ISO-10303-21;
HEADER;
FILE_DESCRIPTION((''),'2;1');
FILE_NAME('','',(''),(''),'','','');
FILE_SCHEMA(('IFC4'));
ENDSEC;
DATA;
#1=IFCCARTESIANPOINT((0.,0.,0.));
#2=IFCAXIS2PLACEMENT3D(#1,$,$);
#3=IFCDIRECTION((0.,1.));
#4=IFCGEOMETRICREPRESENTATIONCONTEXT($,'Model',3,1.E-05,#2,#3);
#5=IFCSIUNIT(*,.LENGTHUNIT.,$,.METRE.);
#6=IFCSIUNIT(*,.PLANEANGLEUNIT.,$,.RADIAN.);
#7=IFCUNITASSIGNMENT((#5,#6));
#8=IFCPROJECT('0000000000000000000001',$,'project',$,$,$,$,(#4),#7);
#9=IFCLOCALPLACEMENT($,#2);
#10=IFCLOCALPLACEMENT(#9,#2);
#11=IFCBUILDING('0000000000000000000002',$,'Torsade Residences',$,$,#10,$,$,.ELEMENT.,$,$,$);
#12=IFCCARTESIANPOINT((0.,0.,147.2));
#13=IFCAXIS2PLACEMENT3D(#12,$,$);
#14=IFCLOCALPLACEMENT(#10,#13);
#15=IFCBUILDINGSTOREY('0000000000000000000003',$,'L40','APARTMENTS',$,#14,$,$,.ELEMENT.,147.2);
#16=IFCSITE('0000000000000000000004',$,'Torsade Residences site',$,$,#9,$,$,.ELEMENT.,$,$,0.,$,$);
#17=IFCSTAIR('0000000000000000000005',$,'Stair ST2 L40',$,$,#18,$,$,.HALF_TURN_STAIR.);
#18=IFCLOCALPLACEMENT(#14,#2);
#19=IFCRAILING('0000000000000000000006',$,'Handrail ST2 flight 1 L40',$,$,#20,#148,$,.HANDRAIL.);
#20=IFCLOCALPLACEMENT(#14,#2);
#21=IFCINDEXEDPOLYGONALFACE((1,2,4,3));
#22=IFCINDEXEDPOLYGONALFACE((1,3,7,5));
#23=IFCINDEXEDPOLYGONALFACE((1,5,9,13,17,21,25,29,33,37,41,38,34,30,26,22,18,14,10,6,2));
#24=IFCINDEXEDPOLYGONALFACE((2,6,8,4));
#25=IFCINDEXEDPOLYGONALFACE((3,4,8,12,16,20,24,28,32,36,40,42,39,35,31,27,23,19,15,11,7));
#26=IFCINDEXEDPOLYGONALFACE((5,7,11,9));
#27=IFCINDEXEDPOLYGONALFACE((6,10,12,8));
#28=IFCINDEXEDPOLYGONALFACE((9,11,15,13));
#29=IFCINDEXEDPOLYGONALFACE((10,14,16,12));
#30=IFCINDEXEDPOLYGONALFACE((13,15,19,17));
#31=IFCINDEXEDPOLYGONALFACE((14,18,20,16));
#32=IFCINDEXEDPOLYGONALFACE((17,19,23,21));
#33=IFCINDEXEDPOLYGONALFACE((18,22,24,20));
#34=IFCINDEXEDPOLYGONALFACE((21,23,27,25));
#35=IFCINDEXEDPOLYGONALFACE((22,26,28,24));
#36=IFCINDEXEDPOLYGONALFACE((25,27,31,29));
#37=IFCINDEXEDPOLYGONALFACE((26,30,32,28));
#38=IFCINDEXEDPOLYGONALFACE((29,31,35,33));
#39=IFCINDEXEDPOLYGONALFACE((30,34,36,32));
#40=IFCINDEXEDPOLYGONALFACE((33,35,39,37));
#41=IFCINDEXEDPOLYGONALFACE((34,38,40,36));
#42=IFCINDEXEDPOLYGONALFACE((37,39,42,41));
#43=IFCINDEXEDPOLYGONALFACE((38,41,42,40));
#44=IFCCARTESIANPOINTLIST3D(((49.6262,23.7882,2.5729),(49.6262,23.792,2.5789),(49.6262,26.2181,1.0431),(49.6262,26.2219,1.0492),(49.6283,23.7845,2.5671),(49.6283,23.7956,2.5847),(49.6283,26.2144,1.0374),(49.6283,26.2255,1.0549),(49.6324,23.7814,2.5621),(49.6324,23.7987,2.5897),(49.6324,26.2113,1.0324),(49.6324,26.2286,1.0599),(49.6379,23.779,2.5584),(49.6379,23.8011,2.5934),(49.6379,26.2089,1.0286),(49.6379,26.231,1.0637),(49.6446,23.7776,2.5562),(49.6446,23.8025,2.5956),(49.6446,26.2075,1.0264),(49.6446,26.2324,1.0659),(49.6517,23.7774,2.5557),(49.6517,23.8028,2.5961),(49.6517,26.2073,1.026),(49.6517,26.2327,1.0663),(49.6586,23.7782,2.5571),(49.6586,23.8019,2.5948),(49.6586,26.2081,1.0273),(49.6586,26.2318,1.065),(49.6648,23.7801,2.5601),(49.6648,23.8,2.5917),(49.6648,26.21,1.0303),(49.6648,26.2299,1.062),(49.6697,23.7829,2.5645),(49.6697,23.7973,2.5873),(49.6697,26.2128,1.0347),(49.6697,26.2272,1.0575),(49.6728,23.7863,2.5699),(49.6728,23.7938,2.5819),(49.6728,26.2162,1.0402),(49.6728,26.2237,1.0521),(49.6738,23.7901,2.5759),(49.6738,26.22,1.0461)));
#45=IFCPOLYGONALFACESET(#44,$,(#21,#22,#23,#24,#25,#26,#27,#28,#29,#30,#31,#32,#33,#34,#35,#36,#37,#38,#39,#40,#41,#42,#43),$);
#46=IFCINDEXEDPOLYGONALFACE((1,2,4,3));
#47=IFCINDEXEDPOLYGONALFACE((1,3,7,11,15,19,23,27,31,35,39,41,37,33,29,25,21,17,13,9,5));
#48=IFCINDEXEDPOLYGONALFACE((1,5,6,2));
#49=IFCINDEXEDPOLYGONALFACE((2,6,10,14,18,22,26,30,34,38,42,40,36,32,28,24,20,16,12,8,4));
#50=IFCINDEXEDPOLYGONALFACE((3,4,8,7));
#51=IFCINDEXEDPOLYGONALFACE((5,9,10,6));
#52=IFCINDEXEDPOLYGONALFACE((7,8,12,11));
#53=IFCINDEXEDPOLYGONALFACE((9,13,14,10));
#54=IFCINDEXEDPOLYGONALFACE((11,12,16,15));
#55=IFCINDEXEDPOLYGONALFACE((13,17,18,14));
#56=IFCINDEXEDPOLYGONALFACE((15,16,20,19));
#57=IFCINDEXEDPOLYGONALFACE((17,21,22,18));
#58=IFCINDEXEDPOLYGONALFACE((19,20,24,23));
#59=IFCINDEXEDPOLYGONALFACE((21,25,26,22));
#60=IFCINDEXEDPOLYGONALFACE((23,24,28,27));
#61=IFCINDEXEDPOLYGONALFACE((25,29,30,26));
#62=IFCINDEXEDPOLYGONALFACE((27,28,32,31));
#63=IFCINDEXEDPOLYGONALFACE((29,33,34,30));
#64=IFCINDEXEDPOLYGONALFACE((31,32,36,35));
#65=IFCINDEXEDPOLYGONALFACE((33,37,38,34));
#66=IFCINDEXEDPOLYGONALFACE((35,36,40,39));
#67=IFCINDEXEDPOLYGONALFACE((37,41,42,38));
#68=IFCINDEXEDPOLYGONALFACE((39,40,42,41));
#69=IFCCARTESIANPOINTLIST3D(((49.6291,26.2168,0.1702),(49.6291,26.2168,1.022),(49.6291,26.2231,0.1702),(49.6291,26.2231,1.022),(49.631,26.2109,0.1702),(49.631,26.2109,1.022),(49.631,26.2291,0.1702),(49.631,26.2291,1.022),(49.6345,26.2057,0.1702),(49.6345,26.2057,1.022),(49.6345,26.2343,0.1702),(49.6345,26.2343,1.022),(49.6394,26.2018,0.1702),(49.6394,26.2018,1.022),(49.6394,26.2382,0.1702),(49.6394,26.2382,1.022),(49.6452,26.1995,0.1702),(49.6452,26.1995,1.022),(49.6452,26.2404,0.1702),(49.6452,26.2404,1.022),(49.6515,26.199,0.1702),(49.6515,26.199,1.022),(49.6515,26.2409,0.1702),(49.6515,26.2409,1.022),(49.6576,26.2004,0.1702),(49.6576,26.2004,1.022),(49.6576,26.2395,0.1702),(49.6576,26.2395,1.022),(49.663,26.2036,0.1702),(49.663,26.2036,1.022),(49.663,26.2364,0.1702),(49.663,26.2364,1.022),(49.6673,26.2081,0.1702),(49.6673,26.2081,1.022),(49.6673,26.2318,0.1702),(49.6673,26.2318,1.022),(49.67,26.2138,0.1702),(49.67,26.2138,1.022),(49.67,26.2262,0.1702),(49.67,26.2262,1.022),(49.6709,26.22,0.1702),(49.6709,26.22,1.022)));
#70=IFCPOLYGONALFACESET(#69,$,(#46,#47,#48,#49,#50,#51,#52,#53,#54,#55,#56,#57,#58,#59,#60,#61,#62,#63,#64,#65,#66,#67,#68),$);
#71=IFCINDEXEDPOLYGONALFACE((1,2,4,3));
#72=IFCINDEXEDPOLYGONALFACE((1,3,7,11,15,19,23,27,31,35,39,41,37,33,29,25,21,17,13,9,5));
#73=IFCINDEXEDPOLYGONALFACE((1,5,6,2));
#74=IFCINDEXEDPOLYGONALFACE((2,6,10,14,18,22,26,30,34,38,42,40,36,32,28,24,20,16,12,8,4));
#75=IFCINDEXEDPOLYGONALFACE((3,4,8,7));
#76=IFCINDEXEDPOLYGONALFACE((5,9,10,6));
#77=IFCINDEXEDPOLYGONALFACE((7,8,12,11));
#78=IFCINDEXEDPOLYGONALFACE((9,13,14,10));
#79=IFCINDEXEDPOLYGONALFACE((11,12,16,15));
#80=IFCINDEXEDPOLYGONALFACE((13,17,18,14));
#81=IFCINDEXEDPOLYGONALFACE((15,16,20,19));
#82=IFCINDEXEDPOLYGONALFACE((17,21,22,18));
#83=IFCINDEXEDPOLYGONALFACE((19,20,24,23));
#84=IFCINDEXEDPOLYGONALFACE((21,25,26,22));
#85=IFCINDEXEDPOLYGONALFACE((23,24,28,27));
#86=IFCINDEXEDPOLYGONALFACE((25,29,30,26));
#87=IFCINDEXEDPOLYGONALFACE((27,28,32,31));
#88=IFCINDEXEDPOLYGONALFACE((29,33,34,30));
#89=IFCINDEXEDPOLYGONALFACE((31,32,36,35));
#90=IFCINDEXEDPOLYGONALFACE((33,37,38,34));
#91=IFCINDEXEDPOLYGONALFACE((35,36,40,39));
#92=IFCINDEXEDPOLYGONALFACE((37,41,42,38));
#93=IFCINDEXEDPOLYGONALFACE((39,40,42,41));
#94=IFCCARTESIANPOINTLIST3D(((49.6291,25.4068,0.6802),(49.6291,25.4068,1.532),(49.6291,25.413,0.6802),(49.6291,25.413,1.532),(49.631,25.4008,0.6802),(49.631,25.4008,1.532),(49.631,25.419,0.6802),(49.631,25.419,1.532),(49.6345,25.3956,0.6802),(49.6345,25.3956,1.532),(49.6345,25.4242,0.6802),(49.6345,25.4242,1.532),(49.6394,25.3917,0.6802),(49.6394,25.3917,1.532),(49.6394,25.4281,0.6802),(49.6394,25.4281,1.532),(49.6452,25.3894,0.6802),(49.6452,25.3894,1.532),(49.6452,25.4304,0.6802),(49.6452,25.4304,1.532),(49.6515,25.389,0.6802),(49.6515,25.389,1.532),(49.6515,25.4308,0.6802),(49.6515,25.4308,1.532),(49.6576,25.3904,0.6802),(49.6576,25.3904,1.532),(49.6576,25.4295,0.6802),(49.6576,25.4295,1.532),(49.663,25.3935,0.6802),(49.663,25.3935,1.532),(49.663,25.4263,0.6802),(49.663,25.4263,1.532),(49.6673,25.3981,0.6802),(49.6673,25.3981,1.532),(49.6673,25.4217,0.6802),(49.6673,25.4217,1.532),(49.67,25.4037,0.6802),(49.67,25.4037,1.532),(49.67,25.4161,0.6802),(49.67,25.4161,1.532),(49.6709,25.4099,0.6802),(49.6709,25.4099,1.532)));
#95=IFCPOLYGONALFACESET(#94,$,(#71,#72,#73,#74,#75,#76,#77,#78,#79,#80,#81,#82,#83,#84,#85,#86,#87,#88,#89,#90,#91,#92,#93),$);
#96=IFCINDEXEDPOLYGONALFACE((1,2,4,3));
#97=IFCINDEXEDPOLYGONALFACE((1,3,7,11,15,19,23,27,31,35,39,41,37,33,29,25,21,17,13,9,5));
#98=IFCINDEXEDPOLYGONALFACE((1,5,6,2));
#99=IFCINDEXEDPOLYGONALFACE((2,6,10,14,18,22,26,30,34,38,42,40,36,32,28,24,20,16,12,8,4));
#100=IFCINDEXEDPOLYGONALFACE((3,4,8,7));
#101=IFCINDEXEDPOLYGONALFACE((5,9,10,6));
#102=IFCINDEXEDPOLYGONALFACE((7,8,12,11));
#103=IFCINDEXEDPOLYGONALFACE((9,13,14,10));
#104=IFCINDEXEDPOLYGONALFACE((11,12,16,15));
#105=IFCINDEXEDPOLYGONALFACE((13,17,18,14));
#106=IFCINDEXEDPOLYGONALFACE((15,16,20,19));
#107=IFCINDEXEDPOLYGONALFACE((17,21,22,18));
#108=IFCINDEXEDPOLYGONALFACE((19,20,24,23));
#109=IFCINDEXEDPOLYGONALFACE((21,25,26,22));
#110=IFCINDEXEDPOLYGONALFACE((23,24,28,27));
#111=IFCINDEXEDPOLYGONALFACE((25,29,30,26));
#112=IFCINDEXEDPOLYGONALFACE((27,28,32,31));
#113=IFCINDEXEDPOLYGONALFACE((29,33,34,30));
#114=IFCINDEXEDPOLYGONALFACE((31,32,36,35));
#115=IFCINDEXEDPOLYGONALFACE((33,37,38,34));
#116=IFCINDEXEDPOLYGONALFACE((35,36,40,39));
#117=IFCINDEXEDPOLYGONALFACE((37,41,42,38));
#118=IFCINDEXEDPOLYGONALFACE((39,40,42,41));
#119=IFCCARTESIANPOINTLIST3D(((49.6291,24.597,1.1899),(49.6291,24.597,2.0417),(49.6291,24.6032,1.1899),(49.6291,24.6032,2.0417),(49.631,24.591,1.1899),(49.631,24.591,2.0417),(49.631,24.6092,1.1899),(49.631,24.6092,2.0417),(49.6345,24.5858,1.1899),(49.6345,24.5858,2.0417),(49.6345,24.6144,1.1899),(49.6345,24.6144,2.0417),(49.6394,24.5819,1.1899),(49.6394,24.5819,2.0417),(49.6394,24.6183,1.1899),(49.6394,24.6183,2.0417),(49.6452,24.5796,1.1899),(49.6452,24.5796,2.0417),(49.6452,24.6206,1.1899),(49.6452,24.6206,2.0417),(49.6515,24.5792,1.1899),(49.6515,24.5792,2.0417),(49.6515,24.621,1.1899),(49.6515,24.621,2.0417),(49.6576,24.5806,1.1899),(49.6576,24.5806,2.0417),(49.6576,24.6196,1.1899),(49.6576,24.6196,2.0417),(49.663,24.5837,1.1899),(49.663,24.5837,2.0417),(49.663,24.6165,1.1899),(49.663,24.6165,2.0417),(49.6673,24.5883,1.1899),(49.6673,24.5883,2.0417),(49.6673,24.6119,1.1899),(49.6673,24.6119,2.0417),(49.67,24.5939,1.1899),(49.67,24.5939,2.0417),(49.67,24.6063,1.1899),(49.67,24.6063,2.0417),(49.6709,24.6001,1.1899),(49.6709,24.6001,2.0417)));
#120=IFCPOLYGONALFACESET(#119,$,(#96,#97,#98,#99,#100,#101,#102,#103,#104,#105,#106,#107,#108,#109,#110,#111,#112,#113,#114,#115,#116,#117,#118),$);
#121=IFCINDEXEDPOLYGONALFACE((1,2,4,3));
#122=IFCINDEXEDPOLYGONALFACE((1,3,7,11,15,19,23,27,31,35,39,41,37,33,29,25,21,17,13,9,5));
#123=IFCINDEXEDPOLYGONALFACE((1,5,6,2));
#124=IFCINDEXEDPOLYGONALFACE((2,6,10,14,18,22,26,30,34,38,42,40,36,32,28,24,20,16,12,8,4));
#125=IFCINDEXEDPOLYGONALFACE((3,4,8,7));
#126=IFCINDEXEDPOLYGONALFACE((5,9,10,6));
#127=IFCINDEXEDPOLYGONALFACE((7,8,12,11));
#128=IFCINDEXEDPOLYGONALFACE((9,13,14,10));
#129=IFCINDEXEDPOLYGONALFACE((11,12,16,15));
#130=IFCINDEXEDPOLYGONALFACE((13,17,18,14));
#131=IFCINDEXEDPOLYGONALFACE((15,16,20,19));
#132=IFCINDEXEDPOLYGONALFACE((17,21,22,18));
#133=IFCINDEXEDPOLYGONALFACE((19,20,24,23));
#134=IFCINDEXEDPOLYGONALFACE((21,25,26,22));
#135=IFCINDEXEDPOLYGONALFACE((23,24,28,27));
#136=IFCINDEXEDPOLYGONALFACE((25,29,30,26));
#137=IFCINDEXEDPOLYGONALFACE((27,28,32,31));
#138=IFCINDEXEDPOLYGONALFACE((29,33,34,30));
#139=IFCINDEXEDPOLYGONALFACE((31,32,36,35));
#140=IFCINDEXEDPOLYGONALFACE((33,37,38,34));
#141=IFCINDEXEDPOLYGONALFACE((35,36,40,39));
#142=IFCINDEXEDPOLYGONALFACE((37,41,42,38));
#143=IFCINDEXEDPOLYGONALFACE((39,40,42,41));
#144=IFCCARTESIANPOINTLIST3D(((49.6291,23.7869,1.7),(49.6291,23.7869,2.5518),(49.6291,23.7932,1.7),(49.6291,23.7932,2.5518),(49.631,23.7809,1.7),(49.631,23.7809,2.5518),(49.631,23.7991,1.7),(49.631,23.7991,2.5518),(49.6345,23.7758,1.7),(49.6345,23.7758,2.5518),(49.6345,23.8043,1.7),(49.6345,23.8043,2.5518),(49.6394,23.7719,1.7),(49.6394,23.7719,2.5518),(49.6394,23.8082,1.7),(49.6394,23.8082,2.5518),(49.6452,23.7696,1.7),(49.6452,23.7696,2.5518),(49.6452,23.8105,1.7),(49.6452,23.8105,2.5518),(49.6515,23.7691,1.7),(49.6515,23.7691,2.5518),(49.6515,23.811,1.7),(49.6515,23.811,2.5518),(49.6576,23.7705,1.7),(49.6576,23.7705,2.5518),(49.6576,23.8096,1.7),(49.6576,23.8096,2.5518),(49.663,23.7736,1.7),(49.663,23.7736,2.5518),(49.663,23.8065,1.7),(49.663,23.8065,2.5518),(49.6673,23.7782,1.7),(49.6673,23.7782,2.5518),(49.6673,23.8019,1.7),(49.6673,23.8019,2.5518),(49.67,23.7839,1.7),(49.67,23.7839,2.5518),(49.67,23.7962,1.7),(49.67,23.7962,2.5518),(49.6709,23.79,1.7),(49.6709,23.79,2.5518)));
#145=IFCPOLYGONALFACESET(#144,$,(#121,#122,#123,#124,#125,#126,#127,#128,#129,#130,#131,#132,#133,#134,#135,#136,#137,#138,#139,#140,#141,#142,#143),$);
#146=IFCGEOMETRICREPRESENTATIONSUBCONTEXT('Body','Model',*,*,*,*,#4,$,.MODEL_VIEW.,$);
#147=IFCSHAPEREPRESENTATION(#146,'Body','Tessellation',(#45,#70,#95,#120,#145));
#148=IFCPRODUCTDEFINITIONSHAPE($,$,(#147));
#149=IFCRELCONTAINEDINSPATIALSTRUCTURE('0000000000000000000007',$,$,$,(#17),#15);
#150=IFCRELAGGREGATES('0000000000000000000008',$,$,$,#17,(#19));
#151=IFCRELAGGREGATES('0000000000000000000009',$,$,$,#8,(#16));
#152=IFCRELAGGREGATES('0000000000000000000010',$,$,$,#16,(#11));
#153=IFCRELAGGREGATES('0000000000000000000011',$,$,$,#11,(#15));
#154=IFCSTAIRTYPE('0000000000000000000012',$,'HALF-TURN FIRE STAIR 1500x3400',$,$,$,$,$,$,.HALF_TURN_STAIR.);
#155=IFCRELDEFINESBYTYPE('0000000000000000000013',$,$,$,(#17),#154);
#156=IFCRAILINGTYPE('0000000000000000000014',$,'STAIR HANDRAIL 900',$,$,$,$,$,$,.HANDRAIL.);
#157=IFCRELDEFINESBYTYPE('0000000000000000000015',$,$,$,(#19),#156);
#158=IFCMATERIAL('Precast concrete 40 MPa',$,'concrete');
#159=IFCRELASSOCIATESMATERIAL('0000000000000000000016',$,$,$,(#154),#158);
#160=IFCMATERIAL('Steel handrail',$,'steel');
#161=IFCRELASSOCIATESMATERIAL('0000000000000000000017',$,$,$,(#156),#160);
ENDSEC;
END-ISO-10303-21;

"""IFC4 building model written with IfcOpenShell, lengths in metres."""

from ifc_helpers import new_model, si_unit, direction, frame, origin, origin_2d, place, context, subcontext, project, spatial, circle, extrude, material, type_object, element, aggregate, save


model = new_model("IFC4")

# Units and contexts
model_context = context("Model", 3, precision=1e-05, world=origin(), true_north=direction((0.0, 1.0)))
body_context = subcontext(model_context, "Body", "Model", "MODEL_VIEW")
ifc_project = project(units=[si_unit("LENGTHUNIT", "METRE"), si_unit("PLANEANGLEUNIT", "RADIAN")], contexts=[model_context])

# Site, building, storey
site_placement = place(None, origin())
site = spatial("IfcSite", under=ifc_project, at=site_placement, Name="Torsade Residences site", CompositionType="ELEMENT", RefElevation=0.0)
building_placement = place(site_placement, origin())
building = spatial("IfcBuilding", under=site, at=building_placement, Name="Torsade Residences", CompositionType="ELEMENT")
storey_placement = place(building_placement, frame((0.0, 0.0, 147.2)))
storey = spatial("IfcBuildingStorey", under=building, at=storey_placement, Name="L40", Description="APARTMENTS", CompositionType="ELEMENT", Elevation=147.2)

# Stair, railing
ifc_material_1 = material(Name="Precast concrete 40 MPa", Category="concrete")
stair_type = type_object("IfcStairType", Name="HALF-TURN FIRE STAIR 1500x3400", PredefinedType="HALF_TURN_STAIR", material=ifc_material_1)
stair_placement = place(storey_placement, origin())
stair = element("IfcStair", 1, at=stair_placement, inside=storey, type_object=stair_type, Name="Stair ST2 L40", PredefinedType="HALF_TURN_STAIR")
ifc_material_2 = material(Name="Steel handrail", Category="steel")
railing_type = type_object("IfcRailingType", Name="STAIR HANDRAIL 900", PredefinedType="HANDRAIL", material=ifc_material_2)
railing_1_placement = place(storey_placement, frame((49.6499, 26.22, 0.1702)))
railing_1 = element("IfcRailing", 2, at=railing_1_placement, type_object=railing_type, Name="Handrail ST2 flight 1 L40", PredefinedType="HANDRAIL", context=body_context, shape_type="SweptSolid", body=[
    extrude(circle(Radius=0.0239, at=origin_2d()), frame((0.0, 0.0, 0.876), z_axis=(0.0, -0.84626, 0.53277), x_axis=(1.0, 0.0, 0.0)), (0.0, 0.0, 1.0), 2.8713),
    extrude(circle(Radius=0.021, at=origin_2d()), origin(), (0.0, 0.0, 1.0), 0.8518),
    extrude(circle(Radius=0.021, at=origin_2d()), frame((0.0, -0.8101, 0.51)), (0.0, 0.0, 1.0), 0.8518),
    extrude(circle(Radius=0.021, at=origin_2d()), frame((0.0, -1.6199, 1.0198)), (0.0, 0.0, 1.0), 0.8518),
    extrude(circle(Radius=0.021, at=origin_2d()), frame((0.0, -2.4299, 1.5298)), (0.0, 0.0, 1.0), 0.8518),
])
aggregate(stair, [railing_1])

save(model, "model.ifc")
